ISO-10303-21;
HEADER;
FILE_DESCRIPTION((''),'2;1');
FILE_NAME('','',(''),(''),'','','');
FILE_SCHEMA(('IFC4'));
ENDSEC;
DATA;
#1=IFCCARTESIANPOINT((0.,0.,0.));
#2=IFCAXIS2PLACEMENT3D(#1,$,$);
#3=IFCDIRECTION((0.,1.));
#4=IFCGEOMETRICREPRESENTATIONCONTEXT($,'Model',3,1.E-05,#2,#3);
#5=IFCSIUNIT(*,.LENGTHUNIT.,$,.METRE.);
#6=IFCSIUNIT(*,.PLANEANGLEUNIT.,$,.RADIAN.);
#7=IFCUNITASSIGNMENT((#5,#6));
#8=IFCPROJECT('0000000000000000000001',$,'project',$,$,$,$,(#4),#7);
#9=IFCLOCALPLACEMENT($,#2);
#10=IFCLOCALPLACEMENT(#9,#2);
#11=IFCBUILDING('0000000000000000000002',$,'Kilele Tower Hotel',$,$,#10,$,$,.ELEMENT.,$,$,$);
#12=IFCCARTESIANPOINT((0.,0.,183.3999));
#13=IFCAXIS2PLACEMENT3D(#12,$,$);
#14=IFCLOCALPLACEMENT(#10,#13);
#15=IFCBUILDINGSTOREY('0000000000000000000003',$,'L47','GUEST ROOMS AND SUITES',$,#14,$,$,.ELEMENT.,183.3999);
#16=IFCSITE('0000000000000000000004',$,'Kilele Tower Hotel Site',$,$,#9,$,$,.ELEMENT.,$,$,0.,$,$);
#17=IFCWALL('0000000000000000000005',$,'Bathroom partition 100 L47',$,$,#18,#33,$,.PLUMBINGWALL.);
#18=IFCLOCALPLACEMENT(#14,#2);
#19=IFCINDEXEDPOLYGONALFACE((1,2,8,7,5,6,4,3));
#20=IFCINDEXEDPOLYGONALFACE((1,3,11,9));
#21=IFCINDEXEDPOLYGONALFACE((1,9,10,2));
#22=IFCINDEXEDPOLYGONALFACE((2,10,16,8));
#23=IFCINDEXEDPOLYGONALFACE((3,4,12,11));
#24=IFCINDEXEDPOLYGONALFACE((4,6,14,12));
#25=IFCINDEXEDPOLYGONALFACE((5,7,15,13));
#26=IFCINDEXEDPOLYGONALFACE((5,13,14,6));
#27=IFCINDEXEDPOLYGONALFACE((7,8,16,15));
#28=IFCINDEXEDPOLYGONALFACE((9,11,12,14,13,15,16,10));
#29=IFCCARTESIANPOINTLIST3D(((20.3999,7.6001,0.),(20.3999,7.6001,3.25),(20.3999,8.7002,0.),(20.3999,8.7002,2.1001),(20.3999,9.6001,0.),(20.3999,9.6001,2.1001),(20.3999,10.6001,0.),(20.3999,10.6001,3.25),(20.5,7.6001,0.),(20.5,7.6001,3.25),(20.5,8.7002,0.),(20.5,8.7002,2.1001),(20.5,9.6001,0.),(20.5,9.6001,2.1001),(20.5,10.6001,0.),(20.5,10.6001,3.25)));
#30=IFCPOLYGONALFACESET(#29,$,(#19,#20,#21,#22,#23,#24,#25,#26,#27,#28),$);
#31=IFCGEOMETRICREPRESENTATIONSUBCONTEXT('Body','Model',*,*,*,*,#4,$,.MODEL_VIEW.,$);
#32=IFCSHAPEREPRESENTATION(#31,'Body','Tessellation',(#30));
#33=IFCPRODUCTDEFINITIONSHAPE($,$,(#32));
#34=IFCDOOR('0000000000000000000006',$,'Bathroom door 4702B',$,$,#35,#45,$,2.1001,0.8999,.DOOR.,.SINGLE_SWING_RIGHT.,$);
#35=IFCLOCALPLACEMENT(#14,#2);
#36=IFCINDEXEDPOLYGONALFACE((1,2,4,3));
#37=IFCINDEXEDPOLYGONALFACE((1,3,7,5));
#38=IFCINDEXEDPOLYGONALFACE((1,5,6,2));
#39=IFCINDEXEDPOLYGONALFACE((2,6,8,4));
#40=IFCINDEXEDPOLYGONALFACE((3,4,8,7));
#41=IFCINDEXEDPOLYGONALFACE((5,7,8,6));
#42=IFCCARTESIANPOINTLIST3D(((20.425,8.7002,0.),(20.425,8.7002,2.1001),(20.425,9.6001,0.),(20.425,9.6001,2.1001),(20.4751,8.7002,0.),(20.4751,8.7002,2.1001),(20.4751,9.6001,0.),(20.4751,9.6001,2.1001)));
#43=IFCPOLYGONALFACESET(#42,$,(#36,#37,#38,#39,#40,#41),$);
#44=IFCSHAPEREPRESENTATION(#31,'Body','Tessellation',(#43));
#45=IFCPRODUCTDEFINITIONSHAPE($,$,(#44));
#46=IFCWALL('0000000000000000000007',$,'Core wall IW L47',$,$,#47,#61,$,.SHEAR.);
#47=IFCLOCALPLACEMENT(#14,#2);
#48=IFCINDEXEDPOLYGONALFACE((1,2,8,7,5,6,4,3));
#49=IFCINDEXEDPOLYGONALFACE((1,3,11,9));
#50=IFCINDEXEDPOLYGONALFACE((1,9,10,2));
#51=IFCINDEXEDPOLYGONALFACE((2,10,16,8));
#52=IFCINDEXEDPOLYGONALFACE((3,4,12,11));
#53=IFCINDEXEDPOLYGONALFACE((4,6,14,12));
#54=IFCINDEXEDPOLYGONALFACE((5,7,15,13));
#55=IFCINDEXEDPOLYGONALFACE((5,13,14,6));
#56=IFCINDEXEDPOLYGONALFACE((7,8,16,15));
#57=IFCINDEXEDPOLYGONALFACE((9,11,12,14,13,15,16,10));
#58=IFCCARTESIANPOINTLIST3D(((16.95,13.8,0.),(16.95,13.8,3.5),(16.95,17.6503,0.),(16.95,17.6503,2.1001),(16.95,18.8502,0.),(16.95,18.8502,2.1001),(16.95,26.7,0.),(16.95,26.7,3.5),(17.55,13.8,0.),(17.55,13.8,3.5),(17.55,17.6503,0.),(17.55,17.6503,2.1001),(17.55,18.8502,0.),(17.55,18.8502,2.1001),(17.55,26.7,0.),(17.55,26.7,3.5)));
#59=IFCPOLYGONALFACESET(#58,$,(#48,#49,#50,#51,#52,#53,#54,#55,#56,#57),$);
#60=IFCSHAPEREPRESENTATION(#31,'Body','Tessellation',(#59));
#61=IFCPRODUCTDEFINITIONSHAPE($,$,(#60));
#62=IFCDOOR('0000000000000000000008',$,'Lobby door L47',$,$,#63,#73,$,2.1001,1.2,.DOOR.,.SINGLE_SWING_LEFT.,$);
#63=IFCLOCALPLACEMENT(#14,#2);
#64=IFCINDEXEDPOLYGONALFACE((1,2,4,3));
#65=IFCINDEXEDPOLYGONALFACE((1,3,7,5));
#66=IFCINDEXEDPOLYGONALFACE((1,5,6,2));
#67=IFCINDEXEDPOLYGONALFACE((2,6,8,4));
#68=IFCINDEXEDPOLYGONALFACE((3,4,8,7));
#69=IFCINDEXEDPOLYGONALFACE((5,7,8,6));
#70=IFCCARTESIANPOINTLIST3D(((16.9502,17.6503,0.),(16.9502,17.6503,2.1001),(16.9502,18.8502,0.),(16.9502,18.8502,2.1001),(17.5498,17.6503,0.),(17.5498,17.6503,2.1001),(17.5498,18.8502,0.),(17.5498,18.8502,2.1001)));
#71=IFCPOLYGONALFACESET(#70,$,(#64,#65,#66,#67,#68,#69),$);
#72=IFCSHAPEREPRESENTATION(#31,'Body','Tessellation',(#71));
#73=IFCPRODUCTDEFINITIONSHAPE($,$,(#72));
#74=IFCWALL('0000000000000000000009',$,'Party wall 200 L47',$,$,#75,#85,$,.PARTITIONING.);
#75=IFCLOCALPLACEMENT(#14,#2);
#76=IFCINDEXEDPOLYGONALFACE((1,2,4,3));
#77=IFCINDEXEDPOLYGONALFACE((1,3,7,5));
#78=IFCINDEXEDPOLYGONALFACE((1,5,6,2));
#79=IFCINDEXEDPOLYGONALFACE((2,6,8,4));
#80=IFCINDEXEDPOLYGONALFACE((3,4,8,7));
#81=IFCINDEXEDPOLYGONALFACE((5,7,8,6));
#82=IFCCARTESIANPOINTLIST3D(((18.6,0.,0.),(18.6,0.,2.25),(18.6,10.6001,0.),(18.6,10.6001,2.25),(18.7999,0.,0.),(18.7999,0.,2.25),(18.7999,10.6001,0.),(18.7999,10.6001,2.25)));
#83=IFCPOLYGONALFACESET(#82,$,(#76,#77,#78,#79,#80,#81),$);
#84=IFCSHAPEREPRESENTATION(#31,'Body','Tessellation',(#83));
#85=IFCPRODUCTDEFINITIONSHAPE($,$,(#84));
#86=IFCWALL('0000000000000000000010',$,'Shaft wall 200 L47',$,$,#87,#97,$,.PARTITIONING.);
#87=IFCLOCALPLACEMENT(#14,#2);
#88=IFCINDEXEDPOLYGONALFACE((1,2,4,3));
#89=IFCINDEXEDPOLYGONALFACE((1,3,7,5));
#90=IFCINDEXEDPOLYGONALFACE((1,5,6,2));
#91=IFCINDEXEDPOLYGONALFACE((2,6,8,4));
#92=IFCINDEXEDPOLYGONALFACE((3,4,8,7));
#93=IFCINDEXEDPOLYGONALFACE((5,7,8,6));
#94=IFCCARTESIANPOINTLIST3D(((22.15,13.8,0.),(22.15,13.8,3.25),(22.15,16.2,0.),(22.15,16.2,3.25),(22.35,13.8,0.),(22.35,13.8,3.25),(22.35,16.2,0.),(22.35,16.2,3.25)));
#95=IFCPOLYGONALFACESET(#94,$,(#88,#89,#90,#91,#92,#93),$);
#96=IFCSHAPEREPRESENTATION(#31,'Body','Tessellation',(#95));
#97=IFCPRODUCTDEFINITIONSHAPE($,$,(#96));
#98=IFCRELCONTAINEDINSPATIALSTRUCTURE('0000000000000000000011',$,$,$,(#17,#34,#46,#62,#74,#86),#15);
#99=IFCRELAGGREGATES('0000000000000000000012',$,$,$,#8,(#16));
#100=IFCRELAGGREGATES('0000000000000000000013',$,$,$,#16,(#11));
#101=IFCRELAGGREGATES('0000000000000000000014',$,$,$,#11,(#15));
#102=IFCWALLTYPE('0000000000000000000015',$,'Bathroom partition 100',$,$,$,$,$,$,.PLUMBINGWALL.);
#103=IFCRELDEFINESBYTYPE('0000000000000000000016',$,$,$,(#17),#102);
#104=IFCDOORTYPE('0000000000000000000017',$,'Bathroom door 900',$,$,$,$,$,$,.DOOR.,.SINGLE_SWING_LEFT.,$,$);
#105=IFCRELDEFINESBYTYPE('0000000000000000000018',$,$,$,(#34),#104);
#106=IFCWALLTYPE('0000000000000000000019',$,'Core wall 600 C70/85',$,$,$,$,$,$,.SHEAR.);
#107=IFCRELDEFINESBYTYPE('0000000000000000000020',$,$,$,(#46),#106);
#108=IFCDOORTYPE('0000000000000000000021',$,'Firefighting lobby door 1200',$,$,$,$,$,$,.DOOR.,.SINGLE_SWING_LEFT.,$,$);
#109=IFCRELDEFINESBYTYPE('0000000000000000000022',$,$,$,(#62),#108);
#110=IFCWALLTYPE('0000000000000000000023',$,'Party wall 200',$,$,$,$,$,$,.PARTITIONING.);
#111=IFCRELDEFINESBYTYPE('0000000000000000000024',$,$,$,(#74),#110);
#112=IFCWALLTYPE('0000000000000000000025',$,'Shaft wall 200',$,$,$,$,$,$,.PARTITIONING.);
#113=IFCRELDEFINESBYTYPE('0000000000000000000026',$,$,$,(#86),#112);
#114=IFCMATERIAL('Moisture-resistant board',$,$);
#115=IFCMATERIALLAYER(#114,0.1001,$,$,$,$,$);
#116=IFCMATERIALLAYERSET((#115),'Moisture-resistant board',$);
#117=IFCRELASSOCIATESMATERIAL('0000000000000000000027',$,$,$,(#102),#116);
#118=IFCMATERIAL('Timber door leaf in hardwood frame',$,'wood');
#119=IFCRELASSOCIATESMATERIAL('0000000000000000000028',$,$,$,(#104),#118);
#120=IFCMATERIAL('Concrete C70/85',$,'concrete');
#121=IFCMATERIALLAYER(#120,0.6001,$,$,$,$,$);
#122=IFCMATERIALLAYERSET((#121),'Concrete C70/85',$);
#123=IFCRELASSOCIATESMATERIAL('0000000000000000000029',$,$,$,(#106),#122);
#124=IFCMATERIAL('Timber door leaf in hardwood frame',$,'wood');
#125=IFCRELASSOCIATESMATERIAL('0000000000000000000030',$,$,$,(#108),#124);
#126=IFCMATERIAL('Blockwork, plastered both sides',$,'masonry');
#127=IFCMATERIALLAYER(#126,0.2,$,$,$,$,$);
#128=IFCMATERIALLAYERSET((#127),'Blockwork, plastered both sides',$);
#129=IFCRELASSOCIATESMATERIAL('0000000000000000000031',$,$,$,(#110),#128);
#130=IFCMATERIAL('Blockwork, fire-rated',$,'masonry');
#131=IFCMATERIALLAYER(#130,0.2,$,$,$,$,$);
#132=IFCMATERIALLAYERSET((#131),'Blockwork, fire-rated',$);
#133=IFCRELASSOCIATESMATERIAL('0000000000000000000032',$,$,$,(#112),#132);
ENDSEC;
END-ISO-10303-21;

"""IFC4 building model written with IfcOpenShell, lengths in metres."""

from ifc_helpers import new_model, si_unit, direction, frame, frame_2d, origin, place, context, subcontext, project, spatial, rectangle, extrude, material, layer, layer_set, type_object, element, fill, save


model = new_model("IFC4")

# Units and contexts
model_context = context("Model", 3, precision=1e-05, world=origin(), true_north=direction((0.0, 1.0)))
body_context = subcontext(model_context, "Body", "Model", "MODEL_VIEW")
ifc_project = project(units=[si_unit("LENGTHUNIT", "METRE"), si_unit("PLANEANGLEUNIT", "RADIAN")], contexts=[model_context])

# Site, building, storey
site_placement = place(None, origin())
site = spatial("IfcSite", under=ifc_project, at=site_placement, Name="Kilele Tower Hotel Site", CompositionType="ELEMENT", RefElevation=0.0)
building_placement = place(site_placement, origin())
building = spatial("IfcBuilding", under=site, at=building_placement, Name="Kilele Tower Hotel", CompositionType="ELEMENT")
storey_placement = place(building_placement, frame((0.0, 0.0, 183.3999)))
storey = spatial("IfcBuildingStorey", under=building, at=storey_placement, Name="L47", Description="GUEST ROOMS AND SUITES", CompositionType="ELEMENT", Elevation=183.3999)

# Walls, openings, doors
ifc_material_1 = material(Name="Moisture-resistant board")
ifc_layer_1 = layer(ifc_material_1, 0.1001)
ifc_layer_set_1 = layer_set([ifc_layer_1], Name="Moisture-resistant board")
wall_type_1 = type_object("IfcWallType", Name="Bathroom partition 100", PredefinedType="PLUMBINGWALL", material=ifc_layer_set_1)
wall_1_placement = place(storey_placement, frame((20.45, 10.6001, 0.0), z_axis=(0.0, 0.0, 1.0), x_axis=(0.0, -1.0, 0.0)))
wall_1 = element("IfcWall", 1, at=wall_1_placement, inside=storey, type_object=wall_type_1, Name="Bathroom partition 100 L47", PredefinedType="PLUMBINGWALL", context=body_context, shape_type="SweptSolid", body=[
    extrude(rectangle(XDim=3.0, YDim=0.1001, at=frame_2d((1.5, 0.0))), origin(), (0.0, 0.0, 1.0), 3.25),
])
opening_1_placement = place(wall_1_placement, frame((1.8999, 0.0, 0.0), z_axis=(0.0, 0.0, 1.0), x_axis=(-1.0, 0.0, 0.0)))
opening_1 = element("IfcOpeningElement", 2, at=opening_1_placement, cuts=wall_1, PredefinedType="OPENING", context=body_context, shape_type="SweptSolid", body=[
    extrude(rectangle(XDim=0.8999, YDim=2.1001, at=frame_2d((0.45, 1.05))), frame((0.0, 0.0601, 0.0), z_axis=(0.0, -1.0, 0.0), x_axis=(1.0, 0.0, 0.0)), (0.0, 0.0, 1.0), 0.1201),
])
ifc_material_2 = material(Name="Timber door leaf in hardwood frame", Category="wood")
door_type_1 = type_object("IfcDoorType", Name="Bathroom door 900", OperationType="SINGLE_SWING_LEFT", PredefinedType="DOOR", material=ifc_material_2)
door_1_placement = place(opening_1_placement, origin())
door_1 = element("IfcDoor", 3, at=door_1_placement, inside=storey, type_object=door_type_1, Name="Bathroom door 4702B", OperationType="SINGLE_SWING_RIGHT", OverallHeight=2.1001, OverallWidth=0.8999, PredefinedType="DOOR", context=body_context, shape_type="SweptSolid", body=[
    extrude(rectangle(XDim=0.8999, YDim=2.1001, at=frame_2d((0.45, 1.05))), frame((0.0, 0.0249, 0.0), z_axis=(0.0, -1.0, 0.0), x_axis=(1.0, 0.0, 0.0)), (0.0, 0.0, 1.0), 0.05),
])
fill(opening_1, door_1)
ifc_material_3 = material(Name="Concrete C70/85", Category="concrete")
ifc_layer_2 = layer(ifc_material_3, 0.6001)
ifc_layer_set_2 = layer_set([ifc_layer_2], Name="Concrete C70/85")
wall_type_2 = type_object("IfcWallType", Name="Core wall 600 C70/85", PredefinedType="SHEAR", material=ifc_layer_set_2)
wall_2_placement = place(storey_placement, frame((17.25, 13.8, 0.0), z_axis=(0.0, 0.0, 1.0), x_axis=(0.0, 1.0, 0.0)))
wall_2 = element("IfcWall", 4, at=wall_2_placement, inside=storey, type_object=wall_type_2, Name="Core wall IW L47", PredefinedType="SHEAR", context=body_context, shape_type="SweptSolid", body=[
    extrude(rectangle(XDim=12.8999, YDim=0.6001, at=frame_2d((6.45, 0.0))), origin(), (0.0, 0.0, 1.0), 3.5),
])
opening_2_placement = place(wall_2_placement, frame((3.8501, 0.0, 0.0)))
opening_2 = element("IfcOpeningElement", 5, at=opening_2_placement, cuts=wall_2, PredefinedType="OPENING", context=body_context, shape_type="SweptSolid", body=[
    extrude(rectangle(XDim=1.2, YDim=2.1001, at=frame_2d((0.6001, 1.05))), frame((0.0, 0.3101, 0.0), z_axis=(0.0, -1.0, 0.0), x_axis=(1.0, 0.0, 0.0)), (0.0, 0.0, 1.0), 0.6201),
])
ifc_material_4 = material(Name="Timber door leaf in hardwood frame", Category="wood")
door_type_2 = type_object("IfcDoorType", Name="Firefighting lobby door 1200", OperationType="SINGLE_SWING_LEFT", PredefinedType="DOOR", material=ifc_material_4)
door_2_placement = place(opening_2_placement, origin())
door_2 = element("IfcDoor", 6, at=door_2_placement, inside=storey, type_object=door_type_2, Name="Lobby door L47", OperationType="SINGLE_SWING_LEFT", OverallHeight=2.1001, OverallWidth=1.2, PredefinedType="DOOR", context=body_context, shape_type="SweptSolid", body=[
    extrude(rectangle(XDim=1.2, YDim=2.1001, at=frame_2d((0.6001, 1.05))), frame((0.0, 0.2998, 0.0), z_axis=(0.0, -1.0, 0.0), x_axis=(1.0, 0.0, 0.0)), (0.0, 0.0, 1.0), 0.5996),
])
fill(opening_2, door_2)

# Walls
ifc_material_5 = material(Name="Blockwork, plastered both sides", Category="masonry")
ifc_layer_3 = layer(ifc_material_5, 0.2)
ifc_layer_set_3 = layer_set([ifc_layer_3], Name="Blockwork, plastered both sides")
wall_type_3 = type_object("IfcWallType", Name="Party wall 200", PredefinedType="PARTITIONING", material=ifc_layer_set_3)
wall_3_placement = place(storey_placement, frame((18.7, 10.6001, 0.0), z_axis=(0.0, 0.0, 1.0), x_axis=(0.0, -1.0, 0.0)))
element("IfcWall", 7, at=wall_3_placement, inside=storey, type_object=wall_type_3, Name="Party wall 200 L47", PredefinedType="PARTITIONING", context=body_context, shape_type="SweptSolid", body=[
    extrude(rectangle(XDim=10.6001, YDim=0.2, at=frame_2d((5.3, 0.0))), origin(), (0.0, 0.0, 1.0), 2.25),
])
ifc_material_6 = material(Name="Blockwork, fire-rated", Category="masonry")
ifc_layer_4 = layer(ifc_material_6, 0.2)
ifc_layer_set_4 = layer_set([ifc_layer_4], Name="Blockwork, fire-rated")
wall_type_4 = type_object("IfcWallType", Name="Shaft wall 200", PredefinedType="PARTITIONING", material=ifc_layer_set_4)
wall_4_placement = place(storey_placement, frame((22.25, 13.8, 0.0), z_axis=(0.0, 0.0, 1.0), x_axis=(0.0, 1.0, 0.0)))
element("IfcWall", 8, at=wall_4_placement, inside=storey, type_object=wall_type_4, Name="Shaft wall 200 L47", PredefinedType="PARTITIONING", context=body_context, shape_type="SweptSolid", body=[
    extrude(rectangle(XDim=2.3999, YDim=0.2, at=frame_2d((1.2, 0.0))), origin(), (0.0, 0.0, 1.0), 3.25),
])

save(model, "model.ifc")
